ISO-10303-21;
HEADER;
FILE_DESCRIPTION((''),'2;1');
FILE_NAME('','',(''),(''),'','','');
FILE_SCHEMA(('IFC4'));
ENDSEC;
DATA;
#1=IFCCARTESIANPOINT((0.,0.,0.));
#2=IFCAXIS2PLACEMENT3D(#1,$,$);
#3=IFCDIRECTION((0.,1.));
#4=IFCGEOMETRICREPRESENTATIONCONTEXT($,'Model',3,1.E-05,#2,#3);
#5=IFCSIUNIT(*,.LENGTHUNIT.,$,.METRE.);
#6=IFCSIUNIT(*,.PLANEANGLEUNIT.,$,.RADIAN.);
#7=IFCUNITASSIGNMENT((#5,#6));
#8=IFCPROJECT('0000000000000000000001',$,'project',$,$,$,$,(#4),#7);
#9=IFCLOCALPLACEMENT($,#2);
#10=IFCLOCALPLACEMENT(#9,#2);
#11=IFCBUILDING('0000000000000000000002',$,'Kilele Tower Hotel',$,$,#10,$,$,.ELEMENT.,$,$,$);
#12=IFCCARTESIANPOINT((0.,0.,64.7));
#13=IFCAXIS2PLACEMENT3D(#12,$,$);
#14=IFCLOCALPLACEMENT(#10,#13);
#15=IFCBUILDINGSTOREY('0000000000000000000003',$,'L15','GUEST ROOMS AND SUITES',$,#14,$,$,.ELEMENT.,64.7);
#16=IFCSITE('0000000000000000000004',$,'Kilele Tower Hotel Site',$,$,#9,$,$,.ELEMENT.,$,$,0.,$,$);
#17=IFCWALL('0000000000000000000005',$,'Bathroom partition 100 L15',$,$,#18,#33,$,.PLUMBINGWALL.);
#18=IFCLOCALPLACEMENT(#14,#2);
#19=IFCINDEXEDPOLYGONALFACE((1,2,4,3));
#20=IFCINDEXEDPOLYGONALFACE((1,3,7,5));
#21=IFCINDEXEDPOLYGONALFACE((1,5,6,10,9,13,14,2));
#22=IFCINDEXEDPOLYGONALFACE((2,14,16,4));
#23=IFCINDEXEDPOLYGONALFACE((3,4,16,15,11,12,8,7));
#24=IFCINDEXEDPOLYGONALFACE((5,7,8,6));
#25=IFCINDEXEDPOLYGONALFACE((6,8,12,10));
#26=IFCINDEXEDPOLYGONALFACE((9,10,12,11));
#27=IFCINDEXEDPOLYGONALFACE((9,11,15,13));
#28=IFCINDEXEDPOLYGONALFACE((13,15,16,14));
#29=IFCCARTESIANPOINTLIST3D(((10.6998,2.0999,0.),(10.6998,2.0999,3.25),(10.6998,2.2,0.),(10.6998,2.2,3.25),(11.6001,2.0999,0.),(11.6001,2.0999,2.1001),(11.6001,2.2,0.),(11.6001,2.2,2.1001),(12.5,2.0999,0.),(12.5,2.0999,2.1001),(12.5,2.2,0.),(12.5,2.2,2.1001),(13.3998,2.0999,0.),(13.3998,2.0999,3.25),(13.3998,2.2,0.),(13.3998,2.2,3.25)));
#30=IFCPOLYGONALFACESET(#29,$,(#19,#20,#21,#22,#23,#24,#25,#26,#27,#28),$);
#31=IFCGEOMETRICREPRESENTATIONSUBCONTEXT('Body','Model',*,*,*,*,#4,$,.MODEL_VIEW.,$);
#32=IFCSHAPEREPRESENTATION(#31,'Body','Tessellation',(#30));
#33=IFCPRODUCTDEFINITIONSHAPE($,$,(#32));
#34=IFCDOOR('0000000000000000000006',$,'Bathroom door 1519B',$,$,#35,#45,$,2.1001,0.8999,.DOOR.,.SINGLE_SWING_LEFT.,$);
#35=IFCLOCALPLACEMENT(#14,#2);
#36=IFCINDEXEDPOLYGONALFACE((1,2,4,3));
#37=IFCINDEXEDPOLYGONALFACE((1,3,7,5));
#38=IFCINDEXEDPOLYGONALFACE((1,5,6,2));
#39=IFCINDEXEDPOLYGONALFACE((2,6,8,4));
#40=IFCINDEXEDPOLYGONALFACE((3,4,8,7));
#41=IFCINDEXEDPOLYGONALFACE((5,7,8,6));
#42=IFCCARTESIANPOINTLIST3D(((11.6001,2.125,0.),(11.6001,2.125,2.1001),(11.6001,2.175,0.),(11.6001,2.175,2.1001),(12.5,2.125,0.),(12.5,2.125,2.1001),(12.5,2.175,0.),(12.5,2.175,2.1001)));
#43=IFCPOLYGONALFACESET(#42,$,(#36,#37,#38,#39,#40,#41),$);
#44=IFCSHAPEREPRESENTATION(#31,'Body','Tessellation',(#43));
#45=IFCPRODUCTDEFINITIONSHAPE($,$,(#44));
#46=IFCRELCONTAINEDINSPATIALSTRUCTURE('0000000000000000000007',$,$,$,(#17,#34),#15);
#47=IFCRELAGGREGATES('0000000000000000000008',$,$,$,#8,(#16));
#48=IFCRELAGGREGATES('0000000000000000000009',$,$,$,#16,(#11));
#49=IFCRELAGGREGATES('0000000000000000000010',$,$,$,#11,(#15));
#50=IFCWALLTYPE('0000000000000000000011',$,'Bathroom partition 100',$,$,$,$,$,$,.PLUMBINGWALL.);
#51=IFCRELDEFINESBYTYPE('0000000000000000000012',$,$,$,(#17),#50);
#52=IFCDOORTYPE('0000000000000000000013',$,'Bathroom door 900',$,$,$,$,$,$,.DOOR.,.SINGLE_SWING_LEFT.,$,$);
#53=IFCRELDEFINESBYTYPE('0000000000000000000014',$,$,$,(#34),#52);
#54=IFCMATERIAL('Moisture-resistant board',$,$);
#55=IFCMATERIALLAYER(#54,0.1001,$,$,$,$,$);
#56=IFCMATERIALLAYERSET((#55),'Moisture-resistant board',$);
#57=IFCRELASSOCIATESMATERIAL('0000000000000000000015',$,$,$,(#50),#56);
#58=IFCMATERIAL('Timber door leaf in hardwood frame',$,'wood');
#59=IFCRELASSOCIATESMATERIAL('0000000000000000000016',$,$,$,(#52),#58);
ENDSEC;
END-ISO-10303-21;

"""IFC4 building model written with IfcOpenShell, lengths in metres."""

from ifc_helpers import new_model, si_unit, direction, frame, frame_2d, origin, place, context, subcontext, project, spatial, rectangle, extrude, material, layer, layer_set, type_object, element, fill, save


model = new_model("IFC4")

# Units and contexts
model_context = context("Model", 3, precision=1e-05, world=origin(), true_north=direction((0.0, 1.0)))
body_context = subcontext(model_context, "Body", "Model", "MODEL_VIEW")
ifc_project = project(units=[si_unit("LENGTHUNIT", "METRE"), si_unit("PLANEANGLEUNIT", "RADIAN")], contexts=[model_context])

# Site, building, storey
site_placement = place(None, origin())
site = spatial("IfcSite", under=ifc_project, at=site_placement, Name="Kilele Tower Hotel Site", CompositionType="ELEMENT", RefElevation=0.0)
building_placement = place(site_placement, origin())
building = spatial("IfcBuilding", under=site, at=building_placement, Name="Kilele Tower Hotel", CompositionType="ELEMENT")
storey_placement = place(building_placement, frame((0.0, 0.0, 64.7)))
storey = spatial("IfcBuildingStorey", under=building, at=storey_placement, Name="L15", Description="GUEST ROOMS AND SUITES", CompositionType="ELEMENT", Elevation=64.7)

# Shared definitions
ifc_material_1 = material(Name="Moisture-resistant board")
ifc_layer_1 = layer(ifc_material_1, 0.1001)
ifc_layer_set_1 = layer_set([ifc_layer_1], Name="Moisture-resistant board")
wall_type_1 = type_object("IfcWallType", Name="Bathroom partition 100", PredefinedType="PLUMBINGWALL", material=ifc_layer_set_1)

# Wall, opening, door
ifc_material_2 = material(Name="Timber door leaf in hardwood frame", Category="wood")
door_type_1 = type_object("IfcDoorType", Name="Bathroom door 900", OperationType="SINGLE_SWING_LEFT", PredefinedType="DOOR", material=ifc_material_2)
wall_1_placement = place(storey_placement, frame((13.3999, 2.1499, 0.0), z_axis=(0.0, 0.0, 1.0), x_axis=(-1.0, 0.0, 0.0)))
wall_1 = element("IfcWall", 1, at=wall_1_placement, inside=storey, type_object=wall_type_1, Name="Bathroom partition 100 L15", PredefinedType="PLUMBINGWALL", context=body_context, shape_type="SweptSolid", body=[
    extrude(rectangle(XDim=2.7, YDim=0.1001, at=frame_2d((1.3501, 0.0))), origin(), (0.0, 0.0, 1.0), 3.25),
])
opening_1_placement = place(wall_1_placement, frame((0.8999, 0.0, 0.0)))
opening_1 = element("IfcOpeningElement", 2, at=opening_1_placement, cuts=wall_1, PredefinedType="OPENING", context=body_context, shape_type="SweptSolid", body=[
    extrude(rectangle(XDim=0.8999, YDim=2.1001, at=frame_2d((0.45, 1.05))), frame((0.0, 0.0601, 0.0), z_axis=(0.0, -1.0, 0.0), x_axis=(1.0, 0.0, 0.0)), (0.0, 0.0, 1.0), 0.1201),
])
door_1_placement = place(opening_1_placement, origin())
door_1 = element("IfcDoor", 3, at=door_1_placement, inside=storey, type_object=door_type_1, Name="Bathroom door 1519B", OperationType="SINGLE_SWING_LEFT", OverallHeight=2.1001, OverallWidth=0.8999, PredefinedType="DOOR", context=body_context, shape_type="SweptSolid", body=[
    extrude(rectangle(XDim=0.8999, YDim=2.1001, at=frame_2d((0.45, 1.05))), frame((0.0, 0.0249, 0.0), z_axis=(0.0, -1.0, 0.0), x_axis=(1.0, 0.0, 0.0)), (0.0, 0.0, 1.0), 0.05),
])
fill(opening_1, door_1)

save(model, "model.ifc")
